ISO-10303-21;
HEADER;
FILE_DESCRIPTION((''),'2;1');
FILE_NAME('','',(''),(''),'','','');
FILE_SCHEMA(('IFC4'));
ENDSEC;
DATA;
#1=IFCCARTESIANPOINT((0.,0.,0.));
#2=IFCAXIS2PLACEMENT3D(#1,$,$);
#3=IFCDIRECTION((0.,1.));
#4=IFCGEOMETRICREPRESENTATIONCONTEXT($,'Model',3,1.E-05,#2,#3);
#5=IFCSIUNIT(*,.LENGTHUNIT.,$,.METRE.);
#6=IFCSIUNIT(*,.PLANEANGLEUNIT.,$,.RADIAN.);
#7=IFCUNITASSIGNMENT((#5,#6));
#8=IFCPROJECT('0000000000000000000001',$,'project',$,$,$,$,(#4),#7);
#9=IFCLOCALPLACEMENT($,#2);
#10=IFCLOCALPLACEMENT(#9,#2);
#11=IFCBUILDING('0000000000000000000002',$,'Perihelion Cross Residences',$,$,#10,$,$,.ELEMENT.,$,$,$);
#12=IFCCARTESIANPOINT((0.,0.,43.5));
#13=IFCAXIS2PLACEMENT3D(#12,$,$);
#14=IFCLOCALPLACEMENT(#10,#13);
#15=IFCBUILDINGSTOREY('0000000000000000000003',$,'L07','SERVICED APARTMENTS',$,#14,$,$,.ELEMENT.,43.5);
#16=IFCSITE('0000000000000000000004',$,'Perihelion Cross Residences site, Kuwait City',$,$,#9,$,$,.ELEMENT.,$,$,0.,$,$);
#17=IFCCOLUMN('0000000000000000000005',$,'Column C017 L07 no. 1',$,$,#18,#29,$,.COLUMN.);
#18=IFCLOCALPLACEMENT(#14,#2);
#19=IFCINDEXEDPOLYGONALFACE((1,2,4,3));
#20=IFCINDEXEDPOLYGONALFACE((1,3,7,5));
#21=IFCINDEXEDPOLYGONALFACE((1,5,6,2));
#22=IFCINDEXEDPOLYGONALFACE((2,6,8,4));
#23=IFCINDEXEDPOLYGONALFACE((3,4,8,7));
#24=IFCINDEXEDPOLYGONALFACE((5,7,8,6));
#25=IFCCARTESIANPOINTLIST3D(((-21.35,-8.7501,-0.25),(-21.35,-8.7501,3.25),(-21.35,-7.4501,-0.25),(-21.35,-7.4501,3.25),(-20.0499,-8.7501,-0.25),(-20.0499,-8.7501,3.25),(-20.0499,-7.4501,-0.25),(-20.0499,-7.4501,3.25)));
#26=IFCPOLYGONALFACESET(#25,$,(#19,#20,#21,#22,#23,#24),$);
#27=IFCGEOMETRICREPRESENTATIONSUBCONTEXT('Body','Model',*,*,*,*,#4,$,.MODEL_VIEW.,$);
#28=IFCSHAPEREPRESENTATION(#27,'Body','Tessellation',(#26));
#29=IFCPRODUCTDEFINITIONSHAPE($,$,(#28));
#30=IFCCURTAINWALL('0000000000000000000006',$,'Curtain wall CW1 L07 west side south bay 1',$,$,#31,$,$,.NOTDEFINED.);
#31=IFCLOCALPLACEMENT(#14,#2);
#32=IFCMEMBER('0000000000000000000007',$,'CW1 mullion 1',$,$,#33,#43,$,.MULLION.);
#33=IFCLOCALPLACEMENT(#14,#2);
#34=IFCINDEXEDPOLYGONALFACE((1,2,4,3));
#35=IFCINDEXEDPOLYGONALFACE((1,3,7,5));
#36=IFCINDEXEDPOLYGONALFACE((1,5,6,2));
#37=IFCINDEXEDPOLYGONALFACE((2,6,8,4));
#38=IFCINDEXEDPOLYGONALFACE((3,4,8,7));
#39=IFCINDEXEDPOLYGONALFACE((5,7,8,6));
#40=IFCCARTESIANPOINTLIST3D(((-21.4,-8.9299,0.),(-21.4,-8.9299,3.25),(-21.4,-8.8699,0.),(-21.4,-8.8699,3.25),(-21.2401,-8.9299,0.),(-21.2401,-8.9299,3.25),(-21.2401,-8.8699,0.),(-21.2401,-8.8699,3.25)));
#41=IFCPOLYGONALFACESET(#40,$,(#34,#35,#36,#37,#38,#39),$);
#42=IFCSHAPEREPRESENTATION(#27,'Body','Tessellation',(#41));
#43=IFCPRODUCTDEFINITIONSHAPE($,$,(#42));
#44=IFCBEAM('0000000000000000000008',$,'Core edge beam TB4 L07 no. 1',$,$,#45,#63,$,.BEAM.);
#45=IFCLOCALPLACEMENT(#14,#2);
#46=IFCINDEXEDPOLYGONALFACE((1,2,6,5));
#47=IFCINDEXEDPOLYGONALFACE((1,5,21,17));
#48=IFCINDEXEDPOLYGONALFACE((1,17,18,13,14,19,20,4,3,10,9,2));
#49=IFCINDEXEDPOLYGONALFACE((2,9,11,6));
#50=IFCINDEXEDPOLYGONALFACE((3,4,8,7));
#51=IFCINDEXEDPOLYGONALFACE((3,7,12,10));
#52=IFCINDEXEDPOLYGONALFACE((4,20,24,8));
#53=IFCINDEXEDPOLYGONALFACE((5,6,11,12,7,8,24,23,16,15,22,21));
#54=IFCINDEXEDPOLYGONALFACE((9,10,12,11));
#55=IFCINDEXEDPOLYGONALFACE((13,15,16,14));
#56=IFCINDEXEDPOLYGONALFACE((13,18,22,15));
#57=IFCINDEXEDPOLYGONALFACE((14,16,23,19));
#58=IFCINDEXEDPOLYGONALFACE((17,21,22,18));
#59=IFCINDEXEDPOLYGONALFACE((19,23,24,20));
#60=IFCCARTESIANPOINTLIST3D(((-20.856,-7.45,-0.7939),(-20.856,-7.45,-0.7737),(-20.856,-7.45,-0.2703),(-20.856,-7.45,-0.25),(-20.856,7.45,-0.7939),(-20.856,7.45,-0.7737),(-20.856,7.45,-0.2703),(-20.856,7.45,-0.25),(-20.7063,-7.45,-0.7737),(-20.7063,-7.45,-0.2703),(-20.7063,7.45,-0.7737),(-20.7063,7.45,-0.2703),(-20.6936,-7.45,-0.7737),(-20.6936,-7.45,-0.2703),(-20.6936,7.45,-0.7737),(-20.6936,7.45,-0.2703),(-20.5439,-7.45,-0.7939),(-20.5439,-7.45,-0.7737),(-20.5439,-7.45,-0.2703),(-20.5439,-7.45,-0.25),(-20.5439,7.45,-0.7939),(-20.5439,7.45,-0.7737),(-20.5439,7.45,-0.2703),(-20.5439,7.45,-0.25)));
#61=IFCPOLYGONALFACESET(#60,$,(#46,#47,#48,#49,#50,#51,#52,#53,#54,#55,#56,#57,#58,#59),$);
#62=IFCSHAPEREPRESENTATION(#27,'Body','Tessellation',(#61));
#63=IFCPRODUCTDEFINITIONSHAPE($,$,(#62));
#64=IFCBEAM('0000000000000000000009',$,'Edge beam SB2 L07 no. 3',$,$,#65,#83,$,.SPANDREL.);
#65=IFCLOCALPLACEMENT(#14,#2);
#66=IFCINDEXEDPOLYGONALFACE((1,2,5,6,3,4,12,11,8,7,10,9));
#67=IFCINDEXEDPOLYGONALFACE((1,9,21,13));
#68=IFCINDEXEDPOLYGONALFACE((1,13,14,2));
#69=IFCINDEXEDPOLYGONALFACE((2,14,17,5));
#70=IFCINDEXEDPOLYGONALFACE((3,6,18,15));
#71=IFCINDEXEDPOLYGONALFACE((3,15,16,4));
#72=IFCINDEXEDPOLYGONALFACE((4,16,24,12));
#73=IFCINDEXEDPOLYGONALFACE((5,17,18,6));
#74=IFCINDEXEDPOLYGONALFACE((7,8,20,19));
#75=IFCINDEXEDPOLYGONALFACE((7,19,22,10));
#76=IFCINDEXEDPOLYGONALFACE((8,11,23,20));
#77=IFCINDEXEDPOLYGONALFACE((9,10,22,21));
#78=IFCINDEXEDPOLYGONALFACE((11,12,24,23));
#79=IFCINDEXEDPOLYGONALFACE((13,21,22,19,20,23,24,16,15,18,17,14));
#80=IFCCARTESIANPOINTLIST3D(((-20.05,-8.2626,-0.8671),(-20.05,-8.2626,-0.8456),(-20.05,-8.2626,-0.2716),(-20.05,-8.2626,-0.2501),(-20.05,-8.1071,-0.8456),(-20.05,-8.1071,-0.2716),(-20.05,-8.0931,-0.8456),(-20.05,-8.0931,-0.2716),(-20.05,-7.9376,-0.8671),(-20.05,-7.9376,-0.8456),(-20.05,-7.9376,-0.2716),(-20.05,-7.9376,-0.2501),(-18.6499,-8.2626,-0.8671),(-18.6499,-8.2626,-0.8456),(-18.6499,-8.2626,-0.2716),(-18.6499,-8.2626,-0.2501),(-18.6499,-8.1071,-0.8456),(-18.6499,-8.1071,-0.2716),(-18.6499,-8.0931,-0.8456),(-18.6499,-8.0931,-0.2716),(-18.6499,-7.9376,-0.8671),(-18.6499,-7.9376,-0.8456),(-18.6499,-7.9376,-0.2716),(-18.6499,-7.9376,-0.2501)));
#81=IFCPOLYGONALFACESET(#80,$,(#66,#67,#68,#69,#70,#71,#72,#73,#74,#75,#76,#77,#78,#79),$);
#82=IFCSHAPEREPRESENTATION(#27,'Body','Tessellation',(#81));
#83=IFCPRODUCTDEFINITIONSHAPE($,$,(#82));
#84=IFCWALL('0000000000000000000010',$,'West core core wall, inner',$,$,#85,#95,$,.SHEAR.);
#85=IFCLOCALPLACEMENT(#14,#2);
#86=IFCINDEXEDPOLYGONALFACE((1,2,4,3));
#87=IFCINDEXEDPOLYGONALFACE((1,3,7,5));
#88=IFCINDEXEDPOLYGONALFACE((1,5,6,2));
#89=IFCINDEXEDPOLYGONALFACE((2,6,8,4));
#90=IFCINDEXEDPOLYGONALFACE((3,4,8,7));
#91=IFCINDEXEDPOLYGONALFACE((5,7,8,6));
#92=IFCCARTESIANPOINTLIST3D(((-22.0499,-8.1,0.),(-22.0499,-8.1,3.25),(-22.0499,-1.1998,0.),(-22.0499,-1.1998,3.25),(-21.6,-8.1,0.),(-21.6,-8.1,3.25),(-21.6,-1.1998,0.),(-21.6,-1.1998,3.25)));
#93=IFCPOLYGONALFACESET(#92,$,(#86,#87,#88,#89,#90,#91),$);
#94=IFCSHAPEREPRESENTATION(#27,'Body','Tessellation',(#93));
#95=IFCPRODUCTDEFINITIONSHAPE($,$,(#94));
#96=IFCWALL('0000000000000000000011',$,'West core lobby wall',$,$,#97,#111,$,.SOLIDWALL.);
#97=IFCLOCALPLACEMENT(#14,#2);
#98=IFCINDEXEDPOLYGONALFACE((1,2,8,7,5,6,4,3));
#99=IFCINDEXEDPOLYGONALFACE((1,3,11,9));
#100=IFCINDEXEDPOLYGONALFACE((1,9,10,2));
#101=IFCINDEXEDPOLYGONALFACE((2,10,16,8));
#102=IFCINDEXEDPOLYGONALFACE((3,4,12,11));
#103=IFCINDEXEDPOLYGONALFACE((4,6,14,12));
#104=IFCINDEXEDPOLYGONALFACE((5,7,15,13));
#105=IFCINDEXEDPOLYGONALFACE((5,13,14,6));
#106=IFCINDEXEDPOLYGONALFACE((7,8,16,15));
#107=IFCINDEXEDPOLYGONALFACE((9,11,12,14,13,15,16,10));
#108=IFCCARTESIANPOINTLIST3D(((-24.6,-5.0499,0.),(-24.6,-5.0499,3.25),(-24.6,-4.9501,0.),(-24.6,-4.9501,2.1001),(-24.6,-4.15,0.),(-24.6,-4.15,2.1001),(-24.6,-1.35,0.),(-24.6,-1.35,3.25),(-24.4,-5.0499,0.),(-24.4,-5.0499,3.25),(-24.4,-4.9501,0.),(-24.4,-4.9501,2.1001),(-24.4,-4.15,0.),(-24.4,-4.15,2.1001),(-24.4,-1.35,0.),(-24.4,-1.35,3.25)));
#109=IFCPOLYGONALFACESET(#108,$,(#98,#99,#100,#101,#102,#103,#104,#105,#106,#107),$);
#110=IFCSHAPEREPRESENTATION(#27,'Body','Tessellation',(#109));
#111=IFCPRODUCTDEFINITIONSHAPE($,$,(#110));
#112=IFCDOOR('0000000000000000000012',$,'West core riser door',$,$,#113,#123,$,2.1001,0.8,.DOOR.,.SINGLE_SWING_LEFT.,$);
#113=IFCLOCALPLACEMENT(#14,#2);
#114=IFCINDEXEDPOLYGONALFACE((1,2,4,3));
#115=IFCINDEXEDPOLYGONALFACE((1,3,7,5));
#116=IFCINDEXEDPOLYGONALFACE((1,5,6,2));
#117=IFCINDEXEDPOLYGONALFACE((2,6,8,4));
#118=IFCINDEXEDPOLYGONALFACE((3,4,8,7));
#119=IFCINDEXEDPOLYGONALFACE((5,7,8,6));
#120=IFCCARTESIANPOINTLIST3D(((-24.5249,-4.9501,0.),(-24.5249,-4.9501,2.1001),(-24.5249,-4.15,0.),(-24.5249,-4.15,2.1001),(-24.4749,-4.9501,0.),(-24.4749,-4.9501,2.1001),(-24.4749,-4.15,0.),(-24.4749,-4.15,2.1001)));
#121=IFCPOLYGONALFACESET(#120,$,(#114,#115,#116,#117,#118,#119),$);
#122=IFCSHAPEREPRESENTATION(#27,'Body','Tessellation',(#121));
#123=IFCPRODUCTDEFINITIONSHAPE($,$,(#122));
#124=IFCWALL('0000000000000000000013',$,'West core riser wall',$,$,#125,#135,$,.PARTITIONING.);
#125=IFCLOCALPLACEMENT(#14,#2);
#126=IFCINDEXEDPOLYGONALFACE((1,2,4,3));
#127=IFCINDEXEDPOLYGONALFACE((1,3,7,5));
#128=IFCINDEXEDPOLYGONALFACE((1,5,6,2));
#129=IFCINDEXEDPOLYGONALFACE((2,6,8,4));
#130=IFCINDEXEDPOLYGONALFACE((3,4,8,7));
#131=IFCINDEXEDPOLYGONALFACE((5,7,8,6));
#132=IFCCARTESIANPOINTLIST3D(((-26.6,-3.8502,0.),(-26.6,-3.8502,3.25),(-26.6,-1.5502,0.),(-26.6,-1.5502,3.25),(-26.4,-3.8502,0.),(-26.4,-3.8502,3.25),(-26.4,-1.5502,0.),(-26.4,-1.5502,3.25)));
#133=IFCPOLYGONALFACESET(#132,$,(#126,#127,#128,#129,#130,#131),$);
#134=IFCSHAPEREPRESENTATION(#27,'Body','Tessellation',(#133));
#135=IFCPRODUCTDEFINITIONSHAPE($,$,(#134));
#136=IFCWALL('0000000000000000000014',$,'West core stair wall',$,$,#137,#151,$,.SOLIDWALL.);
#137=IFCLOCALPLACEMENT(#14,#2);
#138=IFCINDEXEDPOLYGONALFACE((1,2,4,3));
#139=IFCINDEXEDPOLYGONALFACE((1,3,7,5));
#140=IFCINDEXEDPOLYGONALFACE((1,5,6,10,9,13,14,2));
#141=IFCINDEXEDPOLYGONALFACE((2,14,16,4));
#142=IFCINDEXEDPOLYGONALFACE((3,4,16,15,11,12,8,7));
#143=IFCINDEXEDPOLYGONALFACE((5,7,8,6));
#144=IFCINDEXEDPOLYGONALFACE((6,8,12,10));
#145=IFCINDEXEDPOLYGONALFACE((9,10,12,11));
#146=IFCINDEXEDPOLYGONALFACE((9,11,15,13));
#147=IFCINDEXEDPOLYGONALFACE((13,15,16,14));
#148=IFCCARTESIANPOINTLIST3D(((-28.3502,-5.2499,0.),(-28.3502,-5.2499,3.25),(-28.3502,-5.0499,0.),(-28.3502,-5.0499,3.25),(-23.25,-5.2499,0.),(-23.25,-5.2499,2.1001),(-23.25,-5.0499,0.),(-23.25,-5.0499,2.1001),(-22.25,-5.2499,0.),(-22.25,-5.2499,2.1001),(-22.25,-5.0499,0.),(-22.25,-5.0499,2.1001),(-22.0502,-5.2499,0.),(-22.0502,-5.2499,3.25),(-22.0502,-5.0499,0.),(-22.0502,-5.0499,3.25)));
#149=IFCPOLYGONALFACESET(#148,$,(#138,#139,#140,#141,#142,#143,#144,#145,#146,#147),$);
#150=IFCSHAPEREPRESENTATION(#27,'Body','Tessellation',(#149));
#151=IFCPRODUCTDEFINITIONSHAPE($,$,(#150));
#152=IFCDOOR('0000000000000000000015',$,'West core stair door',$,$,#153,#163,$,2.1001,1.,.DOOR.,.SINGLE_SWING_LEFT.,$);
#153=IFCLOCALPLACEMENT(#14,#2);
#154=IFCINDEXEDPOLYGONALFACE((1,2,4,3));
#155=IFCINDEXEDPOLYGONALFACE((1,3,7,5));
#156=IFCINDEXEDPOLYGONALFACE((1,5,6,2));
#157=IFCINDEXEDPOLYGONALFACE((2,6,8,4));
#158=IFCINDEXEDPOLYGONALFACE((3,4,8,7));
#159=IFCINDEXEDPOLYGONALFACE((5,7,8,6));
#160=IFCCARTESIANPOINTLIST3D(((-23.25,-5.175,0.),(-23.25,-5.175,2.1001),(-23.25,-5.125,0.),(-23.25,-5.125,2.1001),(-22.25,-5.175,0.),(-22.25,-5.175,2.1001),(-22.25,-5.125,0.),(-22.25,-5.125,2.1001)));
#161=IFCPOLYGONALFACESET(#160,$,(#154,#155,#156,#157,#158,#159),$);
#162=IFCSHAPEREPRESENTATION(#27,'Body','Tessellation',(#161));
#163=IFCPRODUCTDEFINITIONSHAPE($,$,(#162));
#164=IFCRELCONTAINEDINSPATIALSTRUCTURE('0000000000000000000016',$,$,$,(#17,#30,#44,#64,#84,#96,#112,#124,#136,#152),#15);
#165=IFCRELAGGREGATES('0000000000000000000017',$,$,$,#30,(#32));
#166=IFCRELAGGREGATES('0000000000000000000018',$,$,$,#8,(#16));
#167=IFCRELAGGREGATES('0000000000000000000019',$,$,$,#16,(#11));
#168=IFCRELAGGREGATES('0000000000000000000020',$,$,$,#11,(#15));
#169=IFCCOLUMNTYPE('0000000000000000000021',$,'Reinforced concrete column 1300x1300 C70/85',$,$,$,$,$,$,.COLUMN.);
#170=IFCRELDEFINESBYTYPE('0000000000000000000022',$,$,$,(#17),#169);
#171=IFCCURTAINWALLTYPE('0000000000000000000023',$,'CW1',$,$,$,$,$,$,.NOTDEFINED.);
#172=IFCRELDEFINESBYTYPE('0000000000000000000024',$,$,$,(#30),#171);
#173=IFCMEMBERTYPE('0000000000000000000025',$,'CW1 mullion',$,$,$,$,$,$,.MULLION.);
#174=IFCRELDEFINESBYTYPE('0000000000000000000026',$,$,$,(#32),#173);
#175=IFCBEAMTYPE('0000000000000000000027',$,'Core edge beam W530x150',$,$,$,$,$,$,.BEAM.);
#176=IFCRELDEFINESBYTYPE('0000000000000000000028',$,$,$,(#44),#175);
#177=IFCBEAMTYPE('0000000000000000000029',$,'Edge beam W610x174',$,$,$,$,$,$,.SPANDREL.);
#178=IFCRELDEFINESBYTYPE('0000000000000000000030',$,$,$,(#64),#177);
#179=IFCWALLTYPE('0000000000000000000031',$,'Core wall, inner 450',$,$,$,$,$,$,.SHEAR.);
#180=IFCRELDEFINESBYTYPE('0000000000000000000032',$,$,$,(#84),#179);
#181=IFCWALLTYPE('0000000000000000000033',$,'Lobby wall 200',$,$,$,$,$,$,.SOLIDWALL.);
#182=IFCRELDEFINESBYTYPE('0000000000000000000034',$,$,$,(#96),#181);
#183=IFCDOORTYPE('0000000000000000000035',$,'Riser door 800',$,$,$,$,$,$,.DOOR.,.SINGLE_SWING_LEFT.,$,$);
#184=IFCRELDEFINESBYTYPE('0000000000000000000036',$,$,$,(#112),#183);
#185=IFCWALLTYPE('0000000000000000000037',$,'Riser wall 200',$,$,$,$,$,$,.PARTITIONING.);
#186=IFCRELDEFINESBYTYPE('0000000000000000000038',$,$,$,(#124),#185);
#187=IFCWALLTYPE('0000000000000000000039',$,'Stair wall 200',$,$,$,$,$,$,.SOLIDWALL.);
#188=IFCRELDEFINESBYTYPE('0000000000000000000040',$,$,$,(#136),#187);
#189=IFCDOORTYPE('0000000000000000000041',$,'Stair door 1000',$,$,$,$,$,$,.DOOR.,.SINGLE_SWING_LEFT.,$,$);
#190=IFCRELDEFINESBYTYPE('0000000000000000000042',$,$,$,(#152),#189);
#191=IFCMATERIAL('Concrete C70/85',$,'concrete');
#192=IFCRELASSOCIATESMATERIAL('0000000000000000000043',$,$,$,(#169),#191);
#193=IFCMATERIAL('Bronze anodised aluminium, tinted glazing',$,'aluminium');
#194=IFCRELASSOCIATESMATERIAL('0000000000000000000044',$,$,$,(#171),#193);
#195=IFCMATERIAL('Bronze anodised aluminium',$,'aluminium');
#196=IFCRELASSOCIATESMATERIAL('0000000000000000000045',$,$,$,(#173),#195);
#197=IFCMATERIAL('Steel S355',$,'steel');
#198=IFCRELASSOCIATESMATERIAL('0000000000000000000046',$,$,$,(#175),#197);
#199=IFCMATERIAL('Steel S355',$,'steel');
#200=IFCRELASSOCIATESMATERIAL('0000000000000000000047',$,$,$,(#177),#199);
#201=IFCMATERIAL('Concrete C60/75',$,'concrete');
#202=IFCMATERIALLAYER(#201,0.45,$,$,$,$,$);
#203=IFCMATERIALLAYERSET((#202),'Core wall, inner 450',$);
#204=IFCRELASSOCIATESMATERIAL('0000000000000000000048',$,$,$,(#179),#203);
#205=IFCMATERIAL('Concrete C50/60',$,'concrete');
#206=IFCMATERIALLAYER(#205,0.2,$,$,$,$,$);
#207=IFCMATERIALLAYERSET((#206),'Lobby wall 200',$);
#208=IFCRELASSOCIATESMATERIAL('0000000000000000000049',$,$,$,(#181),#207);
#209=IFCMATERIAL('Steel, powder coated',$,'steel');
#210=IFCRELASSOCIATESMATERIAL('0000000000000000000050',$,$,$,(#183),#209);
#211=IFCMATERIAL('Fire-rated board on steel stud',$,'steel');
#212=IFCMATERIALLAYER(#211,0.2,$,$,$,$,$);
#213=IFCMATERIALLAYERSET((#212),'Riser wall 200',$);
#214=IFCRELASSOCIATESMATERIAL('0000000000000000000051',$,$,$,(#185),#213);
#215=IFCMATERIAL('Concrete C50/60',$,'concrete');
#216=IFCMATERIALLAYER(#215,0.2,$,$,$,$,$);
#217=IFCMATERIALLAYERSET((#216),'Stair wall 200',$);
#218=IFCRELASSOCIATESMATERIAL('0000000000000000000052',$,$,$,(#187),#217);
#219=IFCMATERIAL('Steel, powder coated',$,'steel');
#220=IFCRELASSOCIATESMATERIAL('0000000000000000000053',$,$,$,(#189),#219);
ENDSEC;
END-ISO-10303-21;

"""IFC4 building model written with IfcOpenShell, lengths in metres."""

from ifc_helpers import new_model, si_unit, direction, frame, frame_2d, origin, origin_2d, place, context, subcontext, project, spatial, rectangle, i_section, extrude, material, layer, layer_set, material_profile, profile_set, type_object, element, fill, aggregate, save


model = new_model("IFC4")

# Units and contexts
model_context = context("Model", 3, precision=1e-05, world=origin(), true_north=direction((0.0, 1.0)))
body_context = subcontext(model_context, "Body", "Model", "MODEL_VIEW")
ifc_project = project(units=[si_unit("LENGTHUNIT", "METRE"), si_unit("PLANEANGLEUNIT", "RADIAN")], contexts=[model_context])

# Site, building, storey
site_placement = place(None, origin())
site = spatial("IfcSite", under=ifc_project, at=site_placement, Name="Perihelion Cross Residences site, Kuwait City", CompositionType="ELEMENT", RefElevation=0.0)
building_placement = place(site_placement, origin())
building = spatial("IfcBuilding", under=site, at=building_placement, Name="Perihelion Cross Residences", CompositionType="ELEMENT")
storey_placement = place(building_placement, frame((0.0, 0.0, 43.5)))
storey = spatial("IfcBuildingStorey", under=building, at=storey_placement, Name="L07", Description="SERVICED APARTMENTS", CompositionType="ELEMENT", Elevation=43.5)

# Column
ifc_material_1 = material(Name="Concrete C70/85", Category="concrete")
ifc_material_profile_1 = material_profile(ifc_material_1, rectangle(XDim=1.3, YDim=1.3, at=origin_2d()), Name="RC 1300x1300")
ifc_profile_set_1 = profile_set([ifc_material_profile_1], Name="Concrete C70/85")
column_type = type_object("IfcColumnType", Name="Reinforced concrete column 1300x1300 C70/85", PredefinedType="COLUMN", material=ifc_profile_set_1)
column_placement = place(storey_placement, frame((-20.7, -8.1001, -0.25), z_axis=(0.0, 0.0, 1.0), x_axis=(1.0, 0.0, 0.0)))
element("IfcColumn", 1, at=column_placement, inside=storey, type_object=column_type, Name="Column C017 L07 no. 1", PredefinedType="COLUMN", context=body_context, shape_type="SweptSolid", body=[
    extrude(rectangle(XDim=1.3, YDim=1.3, at=origin_2d()), origin(), (0.0, 0.0, 1.0), 3.5),
])

# Curtain wall, member
ifc_material_2 = material(Name="Bronze anodised aluminium, tinted glazing", Category="aluminium")
curtain_wall_type = type_object("IfcCurtainWallType", Name="CW1", PredefinedType="NOTDEFINED", material=ifc_material_2)
curtain_wall_placement = place(storey_placement, origin())
curtain_wall = element("IfcCurtainWall", 2, at=curtain_wall_placement, inside=storey, type_object=curtain_wall_type, Name="Curtain wall CW1 L07 west side south bay 1", PredefinedType="NOTDEFINED")
ifc_material_3 = material(Name="Bronze anodised aluminium", Category="aluminium")
ifc_material_profile_2 = material_profile(ifc_material_3, rectangle(XDim=0.0601, YDim=0.1599, at=origin_2d()), Name="CW1 mullion")
ifc_profile_set_2 = profile_set([ifc_material_profile_2], Name="Bronze anodised aluminium")
member_type = type_object("IfcMemberType", Name="CW1 mullion", PredefinedType="MULLION", material=ifc_profile_set_2)
member_placement = place(storey_placement, frame((-21.3201, -8.8999, 0.0), z_axis=(0.0, 0.0, 1.0), x_axis=(0.0, 1.0, 0.0)))
member = element("IfcMember", 3, at=member_placement, type_object=member_type, Name="CW1 mullion 1", PredefinedType="MULLION", context=body_context, shape_type="SweptSolid", body=[
    extrude(rectangle(XDim=0.0601, YDim=0.1599, at=origin_2d()), origin(), (0.0, 0.0, 1.0), 3.25),
])
aggregate(curtain_wall, [member])

# Beams
ifc_material_4 = material(Name="Steel S355", Category="steel")
ifc_material_profile_3 = material_profile(ifc_material_4, i_section(OverallWidth=0.312, OverallDepth=0.5439, WebThickness=0.0127, FlangeThickness=0.0203, at=origin_2d()), Name="W530x150")
ifc_profile_set_3 = profile_set([ifc_material_profile_3], Name="Steel S355")
beam_type_1 = type_object("IfcBeamType", Name="Core edge beam W530x150", PredefinedType="BEAM", material=ifc_profile_set_3)
beam_1_placement = place(storey_placement, frame((-20.7, -7.45, -0.522), z_axis=(0.0, 1.0, 0.0), x_axis=(-1.0, 0.0, 0.0)))
element("IfcBeam", 4, at=beam_1_placement, inside=storey, type_object=beam_type_1, Name="Core edge beam TB4 L07 no. 1", PredefinedType="BEAM", context=body_context, shape_type="SweptSolid", body=[
    extrude(i_section(OverallWidth=0.312, OverallDepth=0.5439, WebThickness=0.0127, FlangeThickness=0.0203, at=origin_2d()), origin(), (0.0, 0.0, 1.0), 14.8999),
])
ifc_material_5 = material(Name="Steel S355", Category="steel")
ifc_material_profile_4 = material_profile(ifc_material_5, i_section(OverallWidth=0.325, OverallDepth=0.6169, WebThickness=0.0139, FlangeThickness=0.0215, at=origin_2d()), Name="W610x174")
ifc_profile_set_4 = profile_set([ifc_material_profile_4], Name="Steel S355")
beam_type_2 = type_object("IfcBeamType", Name="Edge beam W610x174", PredefinedType="SPANDREL", material=ifc_profile_set_4)
beam_2_placement = place(storey_placement, frame((-20.05, -8.1001, -0.5586), z_axis=(1.0, 0.0, 0.0), x_axis=(0.0, 1.0, 0.0)))
element("IfcBeam", 5, at=beam_2_placement, inside=storey, type_object=beam_type_2, Name="Edge beam SB2 L07 no. 3", PredefinedType="SPANDREL", context=body_context, shape_type="SweptSolid", body=[
    extrude(i_section(OverallWidth=0.325, OverallDepth=0.6169, WebThickness=0.0139, FlangeThickness=0.0215, at=origin_2d()), origin(), (0.0, 0.0, 1.0), 1.4001),
])

# Wall
ifc_material_6 = material(Name="Concrete C60/75", Category="concrete")
ifc_layer_1 = layer(ifc_material_6, 0.45)
ifc_layer_set_1 = layer_set([ifc_layer_1], Name="Core wall, inner 450")
wall_type_1 = type_object("IfcWallType", Name="Core wall, inner 450", PredefinedType="SHEAR", material=ifc_layer_set_1)
wall_1_placement = place(storey_placement, frame((-21.825, -8.1001, 0.0), z_axis=(0.0, 0.0, 1.0), x_axis=(0.0, 1.0, 0.0)))
element("IfcWall", 6, at=wall_1_placement, inside=storey, type_object=wall_type_1, Name="West core core wall, inner", PredefinedType="SHEAR", context=body_context, shape_type="SweptSolid", body=[
    extrude(rectangle(XDim=6.9001, YDim=0.45, at=frame_2d((3.4502, 0.0))), origin(), (0.0, 0.0, 1.0), 3.25),
])

# Wall, opening, door
ifc_material_7 = material(Name="Concrete C50/60", Category="concrete")
ifc_layer_2 = layer(ifc_material_7, 0.2)
ifc_layer_set_2 = layer_set([ifc_layer_2], Name="Lobby wall 200")
wall_type_2 = type_object("IfcWallType", Name="Lobby wall 200", PredefinedType="SOLIDWALL", material=ifc_layer_set_2)
wall_2_placement = place(storey_placement, frame((-24.5, -5.05, 0.0), z_axis=(0.0, 0.0, 1.0), x_axis=(0.0, 1.0, 0.0)))
wall_2 = element("IfcWall", 7, at=wall_2_placement, inside=storey, type_object=wall_type_2, Name="West core lobby wall", PredefinedType="SOLIDWALL", context=body_context, shape_type="SweptSolid", body=[
    extrude(rectangle(XDim=3.7, YDim=0.2, at=frame_2d((1.8501, 0.0))), origin(), (0.0, 0.0, 1.0), 3.25),
])
opening_1_placement = place(wall_2_placement, frame((0.1001, 0.0, 0.0)))
opening_1 = element("IfcOpeningElement", 8, at=opening_1_placement, cuts=wall_2, PredefinedType="OPENING", context=body_context, shape_type="SweptSolid", body=[
    extrude(rectangle(XDim=0.8, YDim=2.1001, at=frame_2d((0.3999, 1.05))), frame((0.0, 0.1099, 0.0), z_axis=(0.0, -1.0, 0.0), x_axis=(1.0, 0.0, 0.0)), (0.0, 0.0, 1.0), 0.22),
])
ifc_material_8 = material(Name="Steel, powder coated", Category="steel")
door_type_1 = type_object("IfcDoorType", Name="Riser door 800", OperationType="SINGLE_SWING_LEFT", PredefinedType="DOOR", material=ifc_material_8)
door_1_placement = place(opening_1_placement, origin())
door_1 = element("IfcDoor", 9, at=door_1_placement, inside=storey, type_object=door_type_1, Name="West core riser door", OperationType="SINGLE_SWING_LEFT", OverallHeight=2.1001, OverallWidth=0.8, PredefinedType="DOOR", context=body_context, shape_type="SweptSolid", body=[
    extrude(rectangle(XDim=0.8, YDim=2.1001, at=frame_2d((0.3999, 1.05))), frame((0.0, 0.0249, 0.0), z_axis=(0.0, -1.0, 0.0), x_axis=(1.0, 0.0, 0.0)), (0.0, 0.0, 1.0), 0.05),
])
fill(opening_1, door_1)

# Wall
ifc_material_9 = material(Name="Fire-rated board on steel stud", Category="steel")
ifc_layer_3 = layer(ifc_material_9, 0.2)
ifc_layer_set_3 = layer_set([ifc_layer_3], Name="Riser wall 200")
wall_type_3 = type_object("IfcWallType", Name="Riser wall 200", PredefinedType="PARTITIONING", material=ifc_layer_set_3)
wall_3_placement = place(storey_placement, frame((-26.5, -3.8501, 0.0), z_axis=(0.0, 0.0, 1.0), x_axis=(0.0, 1.0, 0.0)))
element("IfcWall", 10, at=wall_3_placement, inside=storey, type_object=wall_type_3, Name="West core riser wall", PredefinedType="PARTITIONING", context=body_context, shape_type="SweptSolid", body=[
    extrude(rectangle(XDim=2.3, YDim=0.2, at=frame_2d((1.1499, 0.0))), origin(), (0.0, 0.0, 1.0), 3.25),
])

# Wall, opening, door
ifc_material_10 = material(Name="Concrete C50/60", Category="concrete")
ifc_layer_4 = layer(ifc_material_10, 0.2)
ifc_layer_set_4 = layer_set([ifc_layer_4], Name="Stair wall 200")
wall_type_4 = type_object("IfcWallType", Name="Stair wall 200", PredefinedType="SOLIDWALL", material=ifc_layer_set_4)
wall_4_placement = place(storey_placement, frame((-28.3501, -5.1499, 0.0), z_axis=(0.0, 0.0, 1.0), x_axis=(1.0, 0.0, 0.0)))
wall_4 = element("IfcWall", 11, at=wall_4_placement, inside=storey, type_object=wall_type_4, Name="West core stair wall", PredefinedType="SOLIDWALL", context=body_context, shape_type="SweptSolid", body=[
    extrude(rectangle(XDim=6.3, YDim=0.2, at=frame_2d((3.1499, 0.0))), origin(), (0.0, 0.0, 1.0), 3.25),
])
opening_2_placement = place(wall_4_placement, frame((5.1001, 0.0, 0.0)))
opening_2 = element("IfcOpeningElement", 12, at=opening_2_placement, cuts=wall_4, PredefinedType="OPENING", context=body_context, shape_type="SweptSolid", body=[
    extrude(rectangle(XDim=1.0, YDim=2.1001, at=frame_2d((0.5, 1.05))), frame((0.0, 0.1099, 0.0), z_axis=(0.0, -1.0, 0.0), x_axis=(1.0, 0.0, 0.0)), (0.0, 0.0, 1.0), 0.22),
])
ifc_material_11 = material(Name="Steel, powder coated", Category="steel")
door_type_2 = type_object("IfcDoorType", Name="Stair door 1000", OperationType="SINGLE_SWING_LEFT", PredefinedType="DOOR", material=ifc_material_11)
door_2_placement = place(opening_2_placement, origin())
door_2 = element("IfcDoor", 13, at=door_2_placement, inside=storey, type_object=door_type_2, Name="West core stair door", OperationType="SINGLE_SWING_LEFT", OverallHeight=2.1001, OverallWidth=1.0, PredefinedType="DOOR", context=body_context, shape_type="SweptSolid", body=[
    extrude(rectangle(XDim=1.0, YDim=2.1001, at=frame_2d((0.5, 1.05))), frame((0.0, 0.0249, 0.0), z_axis=(0.0, -1.0, 0.0), x_axis=(1.0, 0.0, 0.0)), (0.0, 0.0, 1.0), 0.05),
])
fill(opening_2, door_2)

save(model, "model.ifc")
